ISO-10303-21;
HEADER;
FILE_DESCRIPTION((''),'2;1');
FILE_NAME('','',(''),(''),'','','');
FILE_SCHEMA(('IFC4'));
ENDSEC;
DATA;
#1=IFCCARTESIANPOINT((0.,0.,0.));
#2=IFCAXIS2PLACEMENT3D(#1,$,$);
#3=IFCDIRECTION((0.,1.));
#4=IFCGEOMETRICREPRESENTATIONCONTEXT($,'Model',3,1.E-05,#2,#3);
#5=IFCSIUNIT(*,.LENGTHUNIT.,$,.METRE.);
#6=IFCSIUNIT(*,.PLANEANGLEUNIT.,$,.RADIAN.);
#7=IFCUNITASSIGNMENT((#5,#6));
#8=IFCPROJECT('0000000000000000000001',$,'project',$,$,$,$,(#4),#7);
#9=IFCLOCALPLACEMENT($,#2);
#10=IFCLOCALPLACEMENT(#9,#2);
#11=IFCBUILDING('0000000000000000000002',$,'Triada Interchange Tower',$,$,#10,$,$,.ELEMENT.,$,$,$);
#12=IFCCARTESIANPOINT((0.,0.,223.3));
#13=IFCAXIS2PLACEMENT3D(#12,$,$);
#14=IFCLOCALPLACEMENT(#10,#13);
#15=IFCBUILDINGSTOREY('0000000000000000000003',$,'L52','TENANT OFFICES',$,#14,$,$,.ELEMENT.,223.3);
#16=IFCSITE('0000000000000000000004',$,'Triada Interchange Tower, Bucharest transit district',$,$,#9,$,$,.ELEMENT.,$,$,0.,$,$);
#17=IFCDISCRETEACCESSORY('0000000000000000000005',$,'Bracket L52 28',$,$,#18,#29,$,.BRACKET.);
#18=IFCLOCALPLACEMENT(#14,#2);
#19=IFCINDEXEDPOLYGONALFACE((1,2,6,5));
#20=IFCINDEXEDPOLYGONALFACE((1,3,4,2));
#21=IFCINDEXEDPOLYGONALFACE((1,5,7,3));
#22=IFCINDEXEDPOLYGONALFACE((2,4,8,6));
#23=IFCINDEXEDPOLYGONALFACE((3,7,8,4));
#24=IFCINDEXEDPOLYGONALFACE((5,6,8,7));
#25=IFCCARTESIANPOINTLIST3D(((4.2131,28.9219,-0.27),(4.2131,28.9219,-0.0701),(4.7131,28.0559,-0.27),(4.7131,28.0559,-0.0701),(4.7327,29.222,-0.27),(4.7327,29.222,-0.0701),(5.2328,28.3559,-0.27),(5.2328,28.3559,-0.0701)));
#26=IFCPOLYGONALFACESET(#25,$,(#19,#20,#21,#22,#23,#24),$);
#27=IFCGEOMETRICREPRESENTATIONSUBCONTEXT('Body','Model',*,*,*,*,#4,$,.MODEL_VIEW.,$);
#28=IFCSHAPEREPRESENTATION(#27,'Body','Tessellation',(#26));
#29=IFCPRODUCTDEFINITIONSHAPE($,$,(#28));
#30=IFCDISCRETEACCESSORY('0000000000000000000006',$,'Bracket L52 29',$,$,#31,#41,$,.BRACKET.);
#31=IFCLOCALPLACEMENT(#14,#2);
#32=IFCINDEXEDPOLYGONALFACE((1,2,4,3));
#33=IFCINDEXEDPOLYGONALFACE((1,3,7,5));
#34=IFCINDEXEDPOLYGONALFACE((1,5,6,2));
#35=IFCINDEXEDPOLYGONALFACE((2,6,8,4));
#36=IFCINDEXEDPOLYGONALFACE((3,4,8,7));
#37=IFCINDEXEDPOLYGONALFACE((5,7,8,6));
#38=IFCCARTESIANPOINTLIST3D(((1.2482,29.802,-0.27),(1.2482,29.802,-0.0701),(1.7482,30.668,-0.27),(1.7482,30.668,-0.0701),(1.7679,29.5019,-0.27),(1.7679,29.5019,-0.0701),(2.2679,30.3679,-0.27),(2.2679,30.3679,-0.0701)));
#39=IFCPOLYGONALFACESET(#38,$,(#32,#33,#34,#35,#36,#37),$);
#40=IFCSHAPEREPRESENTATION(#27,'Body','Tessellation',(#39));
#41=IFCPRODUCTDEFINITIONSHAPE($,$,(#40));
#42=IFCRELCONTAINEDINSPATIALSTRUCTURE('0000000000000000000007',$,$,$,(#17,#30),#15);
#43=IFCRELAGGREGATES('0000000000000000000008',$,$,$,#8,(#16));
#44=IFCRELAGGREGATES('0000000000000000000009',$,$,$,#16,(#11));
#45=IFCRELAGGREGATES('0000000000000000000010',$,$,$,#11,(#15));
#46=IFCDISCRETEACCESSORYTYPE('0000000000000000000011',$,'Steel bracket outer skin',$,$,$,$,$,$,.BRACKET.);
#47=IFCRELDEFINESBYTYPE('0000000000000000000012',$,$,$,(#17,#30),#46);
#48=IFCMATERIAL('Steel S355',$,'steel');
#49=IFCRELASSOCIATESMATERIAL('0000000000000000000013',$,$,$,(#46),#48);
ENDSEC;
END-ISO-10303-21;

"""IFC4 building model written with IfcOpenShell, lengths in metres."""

from ifc_helpers import new_model, si_unit, direction, frame, origin, origin_2d, place, context, subcontext, project, spatial, rectangle, extrude, material, type_object, element, save


model = new_model("IFC4")

# Units and contexts
model_context = context("Model", 3, precision=1e-05, world=origin(), true_north=direction((0.0, 1.0)))
body_context = subcontext(model_context, "Body", "Model", "MODEL_VIEW")
ifc_project = project(units=[si_unit("LENGTHUNIT", "METRE"), si_unit("PLANEANGLEUNIT", "RADIAN")], contexts=[model_context])

# Site, building, storey
site_placement = place(None, origin())
site = spatial("IfcSite", under=ifc_project, at=site_placement, Name="Triada Interchange Tower, Bucharest transit district", CompositionType="ELEMENT", RefElevation=0.0)
building_placement = place(site_placement, origin())
building = spatial("IfcBuilding", under=site, at=building_placement, Name="Triada Interchange Tower", CompositionType="ELEMENT")
storey_placement = place(building_placement, frame((0.0, 0.0, 223.3)))
storey = spatial("IfcBuildingStorey", under=building, at=storey_placement, Name="L52", Description="TENANT OFFICES", CompositionType="ELEMENT", Elevation=223.3)

# Discrete accessories
ifc_material_1 = material(Name="Steel S355", Category="steel")
discrete_accessory_type = type_object("IfcDiscreteAccessoryType", Name="Steel bracket outer skin", PredefinedType="BRACKET", material=ifc_material_1)
for number, where, z_axis, x_axis, name in (
    (1, (4.7229, 28.6389, -0.27), (0.0, 0.0, 1.0), (0.866025, 0.500001, 0.0), "Bracket L52 28"),
    (2, (1.7581, 30.085, -0.27), (0.0, 0.0, 1.0), (-0.866, 0.500044, 0.0), "Bracket L52 29"),
):
    element("IfcDiscreteAccessory", number, at=place(storey_placement, frame(where, z_axis=z_axis, x_axis=x_axis)), inside=storey, type_object=discrete_accessory_type, Name=name, PredefinedType="BRACKET", context=body_context, shape_type="SweptSolid", body=[
        extrude(rectangle(XDim=0.6001, YDim=1.0, at=origin_2d()), origin(), (0.0, 0.0, 1.0), 0.2),
    ])

save(model, "model.ifc")
